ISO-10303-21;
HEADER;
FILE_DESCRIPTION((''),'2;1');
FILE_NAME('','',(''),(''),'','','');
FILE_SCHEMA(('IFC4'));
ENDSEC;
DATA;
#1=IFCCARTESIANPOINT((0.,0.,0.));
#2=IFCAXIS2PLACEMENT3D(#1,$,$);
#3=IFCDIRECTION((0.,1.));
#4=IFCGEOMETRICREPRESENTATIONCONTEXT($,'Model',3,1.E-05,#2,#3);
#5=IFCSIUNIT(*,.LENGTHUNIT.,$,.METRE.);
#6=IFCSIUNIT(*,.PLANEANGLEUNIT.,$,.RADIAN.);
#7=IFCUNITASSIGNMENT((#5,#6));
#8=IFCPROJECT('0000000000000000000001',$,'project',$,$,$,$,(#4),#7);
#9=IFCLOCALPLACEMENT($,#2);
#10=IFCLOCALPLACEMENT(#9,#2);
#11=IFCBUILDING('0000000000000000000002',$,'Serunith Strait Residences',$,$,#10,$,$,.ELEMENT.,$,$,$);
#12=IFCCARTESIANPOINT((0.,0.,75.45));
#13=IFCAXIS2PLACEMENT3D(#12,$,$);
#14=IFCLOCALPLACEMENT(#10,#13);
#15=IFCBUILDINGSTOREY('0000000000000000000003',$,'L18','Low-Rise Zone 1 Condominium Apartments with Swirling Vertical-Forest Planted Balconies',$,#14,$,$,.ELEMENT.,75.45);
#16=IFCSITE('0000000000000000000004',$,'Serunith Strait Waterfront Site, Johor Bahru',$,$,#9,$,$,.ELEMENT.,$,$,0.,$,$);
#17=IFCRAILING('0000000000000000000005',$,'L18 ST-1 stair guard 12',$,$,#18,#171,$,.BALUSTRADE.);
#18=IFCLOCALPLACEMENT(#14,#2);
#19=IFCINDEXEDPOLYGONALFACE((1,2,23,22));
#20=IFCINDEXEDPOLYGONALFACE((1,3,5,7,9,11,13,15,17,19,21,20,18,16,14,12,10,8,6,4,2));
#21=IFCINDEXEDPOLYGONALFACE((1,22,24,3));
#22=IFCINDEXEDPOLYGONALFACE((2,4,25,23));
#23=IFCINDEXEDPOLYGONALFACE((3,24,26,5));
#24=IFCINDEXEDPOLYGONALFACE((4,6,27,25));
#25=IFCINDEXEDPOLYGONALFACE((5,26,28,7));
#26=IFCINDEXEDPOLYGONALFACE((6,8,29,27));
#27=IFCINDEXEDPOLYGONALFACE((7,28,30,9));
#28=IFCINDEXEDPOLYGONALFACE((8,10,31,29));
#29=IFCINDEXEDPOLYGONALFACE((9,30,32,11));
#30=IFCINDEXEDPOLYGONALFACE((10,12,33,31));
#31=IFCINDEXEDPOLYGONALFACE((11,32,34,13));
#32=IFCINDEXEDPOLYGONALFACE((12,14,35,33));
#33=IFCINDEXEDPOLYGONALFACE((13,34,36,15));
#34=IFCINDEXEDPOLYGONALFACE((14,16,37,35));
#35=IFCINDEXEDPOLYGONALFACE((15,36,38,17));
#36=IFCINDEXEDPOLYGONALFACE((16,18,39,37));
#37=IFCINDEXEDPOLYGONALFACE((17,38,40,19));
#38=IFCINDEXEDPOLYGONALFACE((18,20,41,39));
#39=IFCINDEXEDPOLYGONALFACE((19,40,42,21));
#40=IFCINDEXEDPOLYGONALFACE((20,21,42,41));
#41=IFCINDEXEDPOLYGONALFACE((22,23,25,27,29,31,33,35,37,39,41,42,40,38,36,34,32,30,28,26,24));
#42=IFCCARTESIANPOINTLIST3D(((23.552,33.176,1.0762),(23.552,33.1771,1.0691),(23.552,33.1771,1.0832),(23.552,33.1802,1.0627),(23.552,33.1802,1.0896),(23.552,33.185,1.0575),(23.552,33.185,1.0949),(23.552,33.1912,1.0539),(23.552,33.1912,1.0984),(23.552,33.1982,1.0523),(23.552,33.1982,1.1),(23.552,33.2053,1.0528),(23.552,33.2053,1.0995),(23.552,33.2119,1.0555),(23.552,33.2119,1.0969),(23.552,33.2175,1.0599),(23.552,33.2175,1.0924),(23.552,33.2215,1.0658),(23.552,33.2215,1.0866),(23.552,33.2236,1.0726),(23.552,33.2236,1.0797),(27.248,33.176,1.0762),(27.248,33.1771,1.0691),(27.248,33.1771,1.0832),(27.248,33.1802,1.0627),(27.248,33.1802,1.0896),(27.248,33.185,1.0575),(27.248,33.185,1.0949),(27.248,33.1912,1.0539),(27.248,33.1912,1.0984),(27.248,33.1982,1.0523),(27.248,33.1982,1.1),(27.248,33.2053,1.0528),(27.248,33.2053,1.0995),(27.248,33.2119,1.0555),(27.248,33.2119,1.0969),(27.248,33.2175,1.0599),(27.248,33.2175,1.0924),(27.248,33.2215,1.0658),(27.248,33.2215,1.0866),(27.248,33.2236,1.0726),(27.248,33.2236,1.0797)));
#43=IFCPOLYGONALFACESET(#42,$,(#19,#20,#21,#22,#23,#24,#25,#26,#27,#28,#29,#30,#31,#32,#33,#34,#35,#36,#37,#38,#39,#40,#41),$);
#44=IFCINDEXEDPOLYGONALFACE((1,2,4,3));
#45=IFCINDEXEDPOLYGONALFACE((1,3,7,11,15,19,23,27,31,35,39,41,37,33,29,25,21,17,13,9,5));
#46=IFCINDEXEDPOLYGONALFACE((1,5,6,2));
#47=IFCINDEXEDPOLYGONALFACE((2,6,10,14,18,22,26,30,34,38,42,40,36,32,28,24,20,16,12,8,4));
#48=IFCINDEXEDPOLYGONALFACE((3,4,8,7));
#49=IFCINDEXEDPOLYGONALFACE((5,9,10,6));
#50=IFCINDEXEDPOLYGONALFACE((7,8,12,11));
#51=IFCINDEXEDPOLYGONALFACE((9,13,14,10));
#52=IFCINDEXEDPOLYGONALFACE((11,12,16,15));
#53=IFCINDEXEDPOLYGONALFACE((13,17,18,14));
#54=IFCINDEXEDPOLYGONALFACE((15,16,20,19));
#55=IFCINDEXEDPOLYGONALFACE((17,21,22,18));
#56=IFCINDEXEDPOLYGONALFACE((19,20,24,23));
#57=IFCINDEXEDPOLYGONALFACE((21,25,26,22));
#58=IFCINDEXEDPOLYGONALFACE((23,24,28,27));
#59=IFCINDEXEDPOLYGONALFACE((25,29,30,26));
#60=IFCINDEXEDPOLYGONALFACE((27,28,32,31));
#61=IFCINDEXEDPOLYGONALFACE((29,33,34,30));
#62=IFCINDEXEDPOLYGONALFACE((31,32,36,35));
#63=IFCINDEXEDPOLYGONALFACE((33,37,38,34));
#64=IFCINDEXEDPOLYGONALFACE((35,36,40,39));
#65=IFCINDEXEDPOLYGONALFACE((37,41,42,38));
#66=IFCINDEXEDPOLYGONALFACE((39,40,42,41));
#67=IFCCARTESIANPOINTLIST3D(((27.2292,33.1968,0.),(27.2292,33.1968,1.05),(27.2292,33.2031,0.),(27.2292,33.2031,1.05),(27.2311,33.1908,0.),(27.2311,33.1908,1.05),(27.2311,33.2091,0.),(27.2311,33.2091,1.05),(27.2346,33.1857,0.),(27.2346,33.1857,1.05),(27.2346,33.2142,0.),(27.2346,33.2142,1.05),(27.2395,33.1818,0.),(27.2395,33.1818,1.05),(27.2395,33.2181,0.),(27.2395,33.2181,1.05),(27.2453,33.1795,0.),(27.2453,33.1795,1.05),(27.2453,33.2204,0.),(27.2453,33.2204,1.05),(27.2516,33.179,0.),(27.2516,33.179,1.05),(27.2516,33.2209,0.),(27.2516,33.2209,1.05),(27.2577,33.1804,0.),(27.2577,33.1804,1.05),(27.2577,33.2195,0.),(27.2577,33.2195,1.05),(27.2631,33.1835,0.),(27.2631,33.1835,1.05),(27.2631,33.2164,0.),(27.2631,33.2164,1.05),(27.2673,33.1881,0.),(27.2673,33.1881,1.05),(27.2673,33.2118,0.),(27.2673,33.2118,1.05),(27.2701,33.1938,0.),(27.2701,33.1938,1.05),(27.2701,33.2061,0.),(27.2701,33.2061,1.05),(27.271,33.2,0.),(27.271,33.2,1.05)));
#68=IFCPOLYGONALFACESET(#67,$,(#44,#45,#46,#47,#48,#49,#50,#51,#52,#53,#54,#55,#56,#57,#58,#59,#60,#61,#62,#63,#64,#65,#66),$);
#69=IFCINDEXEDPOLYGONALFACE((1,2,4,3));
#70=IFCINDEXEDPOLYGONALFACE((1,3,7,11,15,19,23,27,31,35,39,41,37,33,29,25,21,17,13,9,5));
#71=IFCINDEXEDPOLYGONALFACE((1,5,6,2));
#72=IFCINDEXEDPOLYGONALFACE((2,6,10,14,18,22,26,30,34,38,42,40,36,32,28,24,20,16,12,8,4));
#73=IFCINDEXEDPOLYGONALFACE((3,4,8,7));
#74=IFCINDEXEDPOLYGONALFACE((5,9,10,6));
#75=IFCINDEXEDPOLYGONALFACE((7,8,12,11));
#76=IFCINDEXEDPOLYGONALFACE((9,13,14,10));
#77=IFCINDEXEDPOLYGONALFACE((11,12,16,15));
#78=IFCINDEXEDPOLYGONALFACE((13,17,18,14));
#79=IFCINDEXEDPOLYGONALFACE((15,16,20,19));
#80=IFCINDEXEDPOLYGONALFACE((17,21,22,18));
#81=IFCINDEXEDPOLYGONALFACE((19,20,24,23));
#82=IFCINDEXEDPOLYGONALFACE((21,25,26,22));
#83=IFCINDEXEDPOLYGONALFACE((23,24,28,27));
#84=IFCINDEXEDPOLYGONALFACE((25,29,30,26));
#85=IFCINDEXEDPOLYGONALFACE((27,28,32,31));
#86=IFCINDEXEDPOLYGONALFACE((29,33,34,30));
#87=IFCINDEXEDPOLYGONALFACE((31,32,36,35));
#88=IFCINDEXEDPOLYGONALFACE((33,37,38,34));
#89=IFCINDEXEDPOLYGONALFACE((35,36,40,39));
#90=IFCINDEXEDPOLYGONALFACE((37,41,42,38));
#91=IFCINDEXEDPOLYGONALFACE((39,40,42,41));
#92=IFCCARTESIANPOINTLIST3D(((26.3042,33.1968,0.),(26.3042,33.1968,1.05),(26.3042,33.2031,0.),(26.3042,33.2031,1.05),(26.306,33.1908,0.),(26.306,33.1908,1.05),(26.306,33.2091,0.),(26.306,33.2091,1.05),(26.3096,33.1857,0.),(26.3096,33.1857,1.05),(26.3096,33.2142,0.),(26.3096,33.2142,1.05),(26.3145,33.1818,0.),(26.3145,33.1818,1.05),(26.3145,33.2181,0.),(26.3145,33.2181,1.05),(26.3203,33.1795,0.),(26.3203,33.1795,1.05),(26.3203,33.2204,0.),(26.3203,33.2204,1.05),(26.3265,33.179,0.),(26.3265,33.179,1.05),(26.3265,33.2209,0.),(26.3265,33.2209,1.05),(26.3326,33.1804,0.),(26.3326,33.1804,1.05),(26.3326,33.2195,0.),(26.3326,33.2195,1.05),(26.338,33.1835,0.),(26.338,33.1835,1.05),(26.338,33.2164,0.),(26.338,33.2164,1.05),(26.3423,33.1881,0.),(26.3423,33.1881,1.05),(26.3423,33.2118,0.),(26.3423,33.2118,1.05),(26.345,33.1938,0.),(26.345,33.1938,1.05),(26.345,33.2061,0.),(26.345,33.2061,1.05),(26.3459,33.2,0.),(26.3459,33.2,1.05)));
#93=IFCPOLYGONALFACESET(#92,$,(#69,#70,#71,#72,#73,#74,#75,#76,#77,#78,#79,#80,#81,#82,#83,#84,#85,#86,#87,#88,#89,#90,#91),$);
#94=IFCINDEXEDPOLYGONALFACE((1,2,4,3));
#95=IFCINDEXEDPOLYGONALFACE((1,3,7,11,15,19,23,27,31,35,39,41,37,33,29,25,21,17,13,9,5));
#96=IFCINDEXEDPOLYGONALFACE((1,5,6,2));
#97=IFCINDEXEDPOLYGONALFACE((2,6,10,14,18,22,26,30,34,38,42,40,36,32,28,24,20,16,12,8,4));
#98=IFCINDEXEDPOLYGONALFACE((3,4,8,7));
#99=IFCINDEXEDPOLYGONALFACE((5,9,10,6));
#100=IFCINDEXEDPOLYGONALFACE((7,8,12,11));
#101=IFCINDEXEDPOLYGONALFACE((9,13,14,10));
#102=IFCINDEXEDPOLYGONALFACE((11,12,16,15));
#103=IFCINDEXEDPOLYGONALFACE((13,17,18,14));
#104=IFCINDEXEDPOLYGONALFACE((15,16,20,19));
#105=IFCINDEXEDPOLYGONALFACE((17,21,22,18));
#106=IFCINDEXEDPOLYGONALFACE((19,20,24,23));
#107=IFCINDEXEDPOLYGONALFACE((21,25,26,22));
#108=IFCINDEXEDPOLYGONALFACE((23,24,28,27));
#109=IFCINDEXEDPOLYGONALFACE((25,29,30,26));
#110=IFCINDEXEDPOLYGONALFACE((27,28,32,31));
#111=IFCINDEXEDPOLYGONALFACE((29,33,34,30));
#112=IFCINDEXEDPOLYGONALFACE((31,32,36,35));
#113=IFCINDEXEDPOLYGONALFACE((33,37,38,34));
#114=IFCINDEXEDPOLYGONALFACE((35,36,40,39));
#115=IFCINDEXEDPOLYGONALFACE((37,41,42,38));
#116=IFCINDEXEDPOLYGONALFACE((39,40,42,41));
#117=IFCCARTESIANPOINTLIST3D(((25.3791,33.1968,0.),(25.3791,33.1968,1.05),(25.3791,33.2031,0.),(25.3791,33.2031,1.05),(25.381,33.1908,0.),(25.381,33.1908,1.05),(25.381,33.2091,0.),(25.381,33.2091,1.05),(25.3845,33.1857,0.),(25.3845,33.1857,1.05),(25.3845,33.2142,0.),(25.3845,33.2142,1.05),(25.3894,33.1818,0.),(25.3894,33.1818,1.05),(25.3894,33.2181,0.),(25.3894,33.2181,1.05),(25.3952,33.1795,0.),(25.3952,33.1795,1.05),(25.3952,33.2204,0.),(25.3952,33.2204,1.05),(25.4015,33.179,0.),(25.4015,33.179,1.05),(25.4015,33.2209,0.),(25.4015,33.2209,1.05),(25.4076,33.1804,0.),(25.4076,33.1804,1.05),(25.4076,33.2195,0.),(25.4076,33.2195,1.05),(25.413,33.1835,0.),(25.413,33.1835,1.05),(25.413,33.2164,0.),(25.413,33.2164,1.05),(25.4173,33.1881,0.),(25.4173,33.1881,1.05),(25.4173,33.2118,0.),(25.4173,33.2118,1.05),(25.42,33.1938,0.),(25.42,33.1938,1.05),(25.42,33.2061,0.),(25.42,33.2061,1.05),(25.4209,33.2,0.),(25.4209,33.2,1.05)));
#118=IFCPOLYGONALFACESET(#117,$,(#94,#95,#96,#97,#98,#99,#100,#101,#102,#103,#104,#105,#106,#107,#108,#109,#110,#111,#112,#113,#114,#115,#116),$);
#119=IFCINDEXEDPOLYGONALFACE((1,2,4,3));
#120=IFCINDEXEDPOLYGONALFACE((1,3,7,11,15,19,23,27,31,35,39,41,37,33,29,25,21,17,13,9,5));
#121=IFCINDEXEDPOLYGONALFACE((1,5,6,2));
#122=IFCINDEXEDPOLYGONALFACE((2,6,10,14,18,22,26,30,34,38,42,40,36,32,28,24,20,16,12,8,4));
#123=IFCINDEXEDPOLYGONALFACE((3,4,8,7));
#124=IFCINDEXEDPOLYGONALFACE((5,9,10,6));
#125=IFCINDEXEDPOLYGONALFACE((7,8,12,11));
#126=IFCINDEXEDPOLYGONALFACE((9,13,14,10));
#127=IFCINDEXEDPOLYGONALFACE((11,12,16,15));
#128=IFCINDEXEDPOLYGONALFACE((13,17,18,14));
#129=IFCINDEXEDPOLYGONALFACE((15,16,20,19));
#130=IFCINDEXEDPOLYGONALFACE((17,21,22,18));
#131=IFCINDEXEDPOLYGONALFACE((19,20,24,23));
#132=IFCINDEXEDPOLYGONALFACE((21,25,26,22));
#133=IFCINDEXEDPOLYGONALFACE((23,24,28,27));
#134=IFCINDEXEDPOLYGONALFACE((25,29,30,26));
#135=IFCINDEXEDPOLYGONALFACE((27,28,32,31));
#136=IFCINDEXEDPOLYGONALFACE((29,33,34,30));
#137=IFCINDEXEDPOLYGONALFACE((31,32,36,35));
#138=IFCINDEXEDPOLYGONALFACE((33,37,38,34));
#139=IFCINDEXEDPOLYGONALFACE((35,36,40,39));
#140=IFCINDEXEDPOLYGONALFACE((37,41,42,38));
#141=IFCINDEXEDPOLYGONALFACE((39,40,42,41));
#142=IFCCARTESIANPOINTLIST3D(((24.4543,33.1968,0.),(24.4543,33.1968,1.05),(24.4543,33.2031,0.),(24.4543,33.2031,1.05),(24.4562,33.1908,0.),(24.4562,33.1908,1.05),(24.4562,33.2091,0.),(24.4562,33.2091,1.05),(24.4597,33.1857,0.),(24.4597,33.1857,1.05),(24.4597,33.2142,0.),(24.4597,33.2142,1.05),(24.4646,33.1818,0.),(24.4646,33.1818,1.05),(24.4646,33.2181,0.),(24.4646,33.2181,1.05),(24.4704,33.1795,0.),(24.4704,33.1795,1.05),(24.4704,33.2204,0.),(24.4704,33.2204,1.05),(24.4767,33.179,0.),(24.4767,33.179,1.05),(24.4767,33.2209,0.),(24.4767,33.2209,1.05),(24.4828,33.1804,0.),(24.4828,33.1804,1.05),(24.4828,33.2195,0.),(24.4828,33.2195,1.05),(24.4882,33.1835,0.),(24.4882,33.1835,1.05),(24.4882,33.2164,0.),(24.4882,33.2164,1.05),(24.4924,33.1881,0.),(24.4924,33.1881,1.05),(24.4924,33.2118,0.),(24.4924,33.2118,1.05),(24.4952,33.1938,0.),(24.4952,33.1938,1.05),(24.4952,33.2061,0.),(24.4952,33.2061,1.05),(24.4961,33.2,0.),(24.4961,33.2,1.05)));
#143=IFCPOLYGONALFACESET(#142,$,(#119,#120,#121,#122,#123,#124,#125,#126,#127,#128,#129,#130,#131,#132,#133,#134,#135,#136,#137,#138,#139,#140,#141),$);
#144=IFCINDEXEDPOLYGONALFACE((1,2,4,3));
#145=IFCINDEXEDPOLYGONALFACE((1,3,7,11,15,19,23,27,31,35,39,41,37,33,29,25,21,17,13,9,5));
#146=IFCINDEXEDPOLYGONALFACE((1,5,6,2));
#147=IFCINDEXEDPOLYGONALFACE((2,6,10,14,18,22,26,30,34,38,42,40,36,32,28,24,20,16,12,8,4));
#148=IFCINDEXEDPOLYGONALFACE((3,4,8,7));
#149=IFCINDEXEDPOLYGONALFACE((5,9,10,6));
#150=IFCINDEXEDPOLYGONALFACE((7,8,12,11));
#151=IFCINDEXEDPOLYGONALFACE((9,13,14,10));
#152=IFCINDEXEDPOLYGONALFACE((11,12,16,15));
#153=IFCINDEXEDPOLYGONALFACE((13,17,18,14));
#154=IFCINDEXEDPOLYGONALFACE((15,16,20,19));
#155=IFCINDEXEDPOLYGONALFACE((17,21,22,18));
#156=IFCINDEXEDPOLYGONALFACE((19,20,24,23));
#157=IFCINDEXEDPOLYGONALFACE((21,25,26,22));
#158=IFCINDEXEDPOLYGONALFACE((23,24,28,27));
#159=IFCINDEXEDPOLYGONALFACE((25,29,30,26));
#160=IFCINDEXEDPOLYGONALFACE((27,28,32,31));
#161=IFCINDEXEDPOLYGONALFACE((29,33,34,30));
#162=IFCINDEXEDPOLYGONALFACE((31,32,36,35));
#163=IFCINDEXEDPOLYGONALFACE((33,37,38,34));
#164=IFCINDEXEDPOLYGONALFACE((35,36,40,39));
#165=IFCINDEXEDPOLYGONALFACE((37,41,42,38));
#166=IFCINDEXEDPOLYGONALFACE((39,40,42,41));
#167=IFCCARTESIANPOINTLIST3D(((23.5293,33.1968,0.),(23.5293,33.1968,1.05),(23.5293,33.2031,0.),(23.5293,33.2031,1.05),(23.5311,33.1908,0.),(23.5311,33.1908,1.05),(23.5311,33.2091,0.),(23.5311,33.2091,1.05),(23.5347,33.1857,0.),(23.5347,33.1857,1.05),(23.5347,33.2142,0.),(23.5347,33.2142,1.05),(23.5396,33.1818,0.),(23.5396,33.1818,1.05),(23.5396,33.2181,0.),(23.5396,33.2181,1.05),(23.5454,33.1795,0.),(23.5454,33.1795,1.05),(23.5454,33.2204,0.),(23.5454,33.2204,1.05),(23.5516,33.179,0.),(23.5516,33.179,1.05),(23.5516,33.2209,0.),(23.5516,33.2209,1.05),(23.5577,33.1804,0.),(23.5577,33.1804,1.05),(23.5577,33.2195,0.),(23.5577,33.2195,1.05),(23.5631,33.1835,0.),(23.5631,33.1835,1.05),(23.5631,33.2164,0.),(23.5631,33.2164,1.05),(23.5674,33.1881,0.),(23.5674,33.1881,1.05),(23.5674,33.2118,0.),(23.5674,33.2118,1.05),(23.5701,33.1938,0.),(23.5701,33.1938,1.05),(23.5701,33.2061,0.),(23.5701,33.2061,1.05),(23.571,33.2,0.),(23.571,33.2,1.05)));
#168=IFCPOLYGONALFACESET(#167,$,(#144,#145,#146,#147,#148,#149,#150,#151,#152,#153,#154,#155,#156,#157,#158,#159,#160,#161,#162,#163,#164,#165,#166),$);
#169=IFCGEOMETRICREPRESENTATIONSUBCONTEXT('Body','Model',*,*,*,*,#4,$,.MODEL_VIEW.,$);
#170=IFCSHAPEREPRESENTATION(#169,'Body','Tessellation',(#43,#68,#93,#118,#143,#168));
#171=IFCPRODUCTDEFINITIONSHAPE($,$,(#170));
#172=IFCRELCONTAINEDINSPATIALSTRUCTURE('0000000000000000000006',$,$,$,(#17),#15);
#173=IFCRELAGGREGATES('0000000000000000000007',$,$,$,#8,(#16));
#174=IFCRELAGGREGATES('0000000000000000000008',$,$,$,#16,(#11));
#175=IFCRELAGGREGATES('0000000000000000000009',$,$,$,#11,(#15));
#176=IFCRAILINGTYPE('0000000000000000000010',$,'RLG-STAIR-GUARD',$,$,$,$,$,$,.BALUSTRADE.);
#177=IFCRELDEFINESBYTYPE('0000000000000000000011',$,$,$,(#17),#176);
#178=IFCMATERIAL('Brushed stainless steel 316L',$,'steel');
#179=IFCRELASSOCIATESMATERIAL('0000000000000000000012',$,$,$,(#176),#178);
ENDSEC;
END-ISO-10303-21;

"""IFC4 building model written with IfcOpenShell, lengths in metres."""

from ifc_helpers import new_model, si_unit, direction, frame, origin, origin_2d, place, context, subcontext, project, spatial, circle, extrude, material, type_object, element, save


model = new_model("IFC4")

# Units and contexts
model_context = context("Model", 3, precision=1e-05, world=origin(), true_north=direction((0.0, 1.0)))
body_context = subcontext(model_context, "Body", "Model", "MODEL_VIEW")
ifc_project = project(units=[si_unit("LENGTHUNIT", "METRE"), si_unit("PLANEANGLEUNIT", "RADIAN")], contexts=[model_context])

# Site, building, storey
site_placement = place(None, origin())
site = spatial("IfcSite", under=ifc_project, at=site_placement, Name="Serunith Strait Waterfront Site, Johor Bahru", CompositionType="ELEMENT", RefElevation=0.0)
building_placement = place(site_placement, origin())
building = spatial("IfcBuilding", under=site, at=building_placement, Name="Serunith Strait Residences", CompositionType="ELEMENT")
storey_placement = place(building_placement, frame((0.0, 0.0, 75.45)))
storey = spatial("IfcBuildingStorey", under=building, at=storey_placement, Name="L18", Description="Low-Rise Zone 1 Condominium Apartments with Swirling Vertical-Forest Planted Balconies", CompositionType="ELEMENT", Elevation=75.45)

# Railing
ifc_material_1 = material(Name="Brushed stainless steel 316L", Category="steel")
railing_type_1 = type_object("IfcRailingType", Name="RLG-STAIR-GUARD", PredefinedType="BALUSTRADE", material=ifc_material_1)
railing_1_placement = place(storey_placement, frame((27.25, 33.2, 0.0)))
element("IfcRailing", 1, at=railing_1_placement, inside=storey, type_object=railing_type_1, Name="L18 ST-1 stair guard 12", PredefinedType="BALUSTRADE", context=body_context, shape_type="SweptSolid", body=[
    extrude(circle(Radius=0.0239, at=origin_2d()), frame((-0.002, 0.0, 1.0762), z_axis=(-1.0, 0.0, 0.0), x_axis=(0.0, -1.0, 0.0)), (0.0, 0.0, 1.0), 3.696),
    extrude(circle(Radius=0.021, at=origin_2d()), origin(), (0.0, 0.0, 1.0), 1.05),
    extrude(circle(Radius=0.021, at=origin_2d()), frame((-0.925, 0.0, 0.0)), (0.0, 0.0, 1.0), 1.05),
    extrude(circle(Radius=0.021, at=origin_2d()), frame((-1.8501, 0.0, 0.0)), (0.0, 0.0, 1.0), 1.05),
    extrude(circle(Radius=0.021, at=origin_2d()), frame((-2.7749, 0.0, 0.0)), (0.0, 0.0, 1.0), 1.05),
    extrude(circle(Radius=0.021, at=origin_2d()), frame((-3.7, 0.0, 0.0)), (0.0, 0.0, 1.0), 1.05),
])

save(model, "model.ifc")
